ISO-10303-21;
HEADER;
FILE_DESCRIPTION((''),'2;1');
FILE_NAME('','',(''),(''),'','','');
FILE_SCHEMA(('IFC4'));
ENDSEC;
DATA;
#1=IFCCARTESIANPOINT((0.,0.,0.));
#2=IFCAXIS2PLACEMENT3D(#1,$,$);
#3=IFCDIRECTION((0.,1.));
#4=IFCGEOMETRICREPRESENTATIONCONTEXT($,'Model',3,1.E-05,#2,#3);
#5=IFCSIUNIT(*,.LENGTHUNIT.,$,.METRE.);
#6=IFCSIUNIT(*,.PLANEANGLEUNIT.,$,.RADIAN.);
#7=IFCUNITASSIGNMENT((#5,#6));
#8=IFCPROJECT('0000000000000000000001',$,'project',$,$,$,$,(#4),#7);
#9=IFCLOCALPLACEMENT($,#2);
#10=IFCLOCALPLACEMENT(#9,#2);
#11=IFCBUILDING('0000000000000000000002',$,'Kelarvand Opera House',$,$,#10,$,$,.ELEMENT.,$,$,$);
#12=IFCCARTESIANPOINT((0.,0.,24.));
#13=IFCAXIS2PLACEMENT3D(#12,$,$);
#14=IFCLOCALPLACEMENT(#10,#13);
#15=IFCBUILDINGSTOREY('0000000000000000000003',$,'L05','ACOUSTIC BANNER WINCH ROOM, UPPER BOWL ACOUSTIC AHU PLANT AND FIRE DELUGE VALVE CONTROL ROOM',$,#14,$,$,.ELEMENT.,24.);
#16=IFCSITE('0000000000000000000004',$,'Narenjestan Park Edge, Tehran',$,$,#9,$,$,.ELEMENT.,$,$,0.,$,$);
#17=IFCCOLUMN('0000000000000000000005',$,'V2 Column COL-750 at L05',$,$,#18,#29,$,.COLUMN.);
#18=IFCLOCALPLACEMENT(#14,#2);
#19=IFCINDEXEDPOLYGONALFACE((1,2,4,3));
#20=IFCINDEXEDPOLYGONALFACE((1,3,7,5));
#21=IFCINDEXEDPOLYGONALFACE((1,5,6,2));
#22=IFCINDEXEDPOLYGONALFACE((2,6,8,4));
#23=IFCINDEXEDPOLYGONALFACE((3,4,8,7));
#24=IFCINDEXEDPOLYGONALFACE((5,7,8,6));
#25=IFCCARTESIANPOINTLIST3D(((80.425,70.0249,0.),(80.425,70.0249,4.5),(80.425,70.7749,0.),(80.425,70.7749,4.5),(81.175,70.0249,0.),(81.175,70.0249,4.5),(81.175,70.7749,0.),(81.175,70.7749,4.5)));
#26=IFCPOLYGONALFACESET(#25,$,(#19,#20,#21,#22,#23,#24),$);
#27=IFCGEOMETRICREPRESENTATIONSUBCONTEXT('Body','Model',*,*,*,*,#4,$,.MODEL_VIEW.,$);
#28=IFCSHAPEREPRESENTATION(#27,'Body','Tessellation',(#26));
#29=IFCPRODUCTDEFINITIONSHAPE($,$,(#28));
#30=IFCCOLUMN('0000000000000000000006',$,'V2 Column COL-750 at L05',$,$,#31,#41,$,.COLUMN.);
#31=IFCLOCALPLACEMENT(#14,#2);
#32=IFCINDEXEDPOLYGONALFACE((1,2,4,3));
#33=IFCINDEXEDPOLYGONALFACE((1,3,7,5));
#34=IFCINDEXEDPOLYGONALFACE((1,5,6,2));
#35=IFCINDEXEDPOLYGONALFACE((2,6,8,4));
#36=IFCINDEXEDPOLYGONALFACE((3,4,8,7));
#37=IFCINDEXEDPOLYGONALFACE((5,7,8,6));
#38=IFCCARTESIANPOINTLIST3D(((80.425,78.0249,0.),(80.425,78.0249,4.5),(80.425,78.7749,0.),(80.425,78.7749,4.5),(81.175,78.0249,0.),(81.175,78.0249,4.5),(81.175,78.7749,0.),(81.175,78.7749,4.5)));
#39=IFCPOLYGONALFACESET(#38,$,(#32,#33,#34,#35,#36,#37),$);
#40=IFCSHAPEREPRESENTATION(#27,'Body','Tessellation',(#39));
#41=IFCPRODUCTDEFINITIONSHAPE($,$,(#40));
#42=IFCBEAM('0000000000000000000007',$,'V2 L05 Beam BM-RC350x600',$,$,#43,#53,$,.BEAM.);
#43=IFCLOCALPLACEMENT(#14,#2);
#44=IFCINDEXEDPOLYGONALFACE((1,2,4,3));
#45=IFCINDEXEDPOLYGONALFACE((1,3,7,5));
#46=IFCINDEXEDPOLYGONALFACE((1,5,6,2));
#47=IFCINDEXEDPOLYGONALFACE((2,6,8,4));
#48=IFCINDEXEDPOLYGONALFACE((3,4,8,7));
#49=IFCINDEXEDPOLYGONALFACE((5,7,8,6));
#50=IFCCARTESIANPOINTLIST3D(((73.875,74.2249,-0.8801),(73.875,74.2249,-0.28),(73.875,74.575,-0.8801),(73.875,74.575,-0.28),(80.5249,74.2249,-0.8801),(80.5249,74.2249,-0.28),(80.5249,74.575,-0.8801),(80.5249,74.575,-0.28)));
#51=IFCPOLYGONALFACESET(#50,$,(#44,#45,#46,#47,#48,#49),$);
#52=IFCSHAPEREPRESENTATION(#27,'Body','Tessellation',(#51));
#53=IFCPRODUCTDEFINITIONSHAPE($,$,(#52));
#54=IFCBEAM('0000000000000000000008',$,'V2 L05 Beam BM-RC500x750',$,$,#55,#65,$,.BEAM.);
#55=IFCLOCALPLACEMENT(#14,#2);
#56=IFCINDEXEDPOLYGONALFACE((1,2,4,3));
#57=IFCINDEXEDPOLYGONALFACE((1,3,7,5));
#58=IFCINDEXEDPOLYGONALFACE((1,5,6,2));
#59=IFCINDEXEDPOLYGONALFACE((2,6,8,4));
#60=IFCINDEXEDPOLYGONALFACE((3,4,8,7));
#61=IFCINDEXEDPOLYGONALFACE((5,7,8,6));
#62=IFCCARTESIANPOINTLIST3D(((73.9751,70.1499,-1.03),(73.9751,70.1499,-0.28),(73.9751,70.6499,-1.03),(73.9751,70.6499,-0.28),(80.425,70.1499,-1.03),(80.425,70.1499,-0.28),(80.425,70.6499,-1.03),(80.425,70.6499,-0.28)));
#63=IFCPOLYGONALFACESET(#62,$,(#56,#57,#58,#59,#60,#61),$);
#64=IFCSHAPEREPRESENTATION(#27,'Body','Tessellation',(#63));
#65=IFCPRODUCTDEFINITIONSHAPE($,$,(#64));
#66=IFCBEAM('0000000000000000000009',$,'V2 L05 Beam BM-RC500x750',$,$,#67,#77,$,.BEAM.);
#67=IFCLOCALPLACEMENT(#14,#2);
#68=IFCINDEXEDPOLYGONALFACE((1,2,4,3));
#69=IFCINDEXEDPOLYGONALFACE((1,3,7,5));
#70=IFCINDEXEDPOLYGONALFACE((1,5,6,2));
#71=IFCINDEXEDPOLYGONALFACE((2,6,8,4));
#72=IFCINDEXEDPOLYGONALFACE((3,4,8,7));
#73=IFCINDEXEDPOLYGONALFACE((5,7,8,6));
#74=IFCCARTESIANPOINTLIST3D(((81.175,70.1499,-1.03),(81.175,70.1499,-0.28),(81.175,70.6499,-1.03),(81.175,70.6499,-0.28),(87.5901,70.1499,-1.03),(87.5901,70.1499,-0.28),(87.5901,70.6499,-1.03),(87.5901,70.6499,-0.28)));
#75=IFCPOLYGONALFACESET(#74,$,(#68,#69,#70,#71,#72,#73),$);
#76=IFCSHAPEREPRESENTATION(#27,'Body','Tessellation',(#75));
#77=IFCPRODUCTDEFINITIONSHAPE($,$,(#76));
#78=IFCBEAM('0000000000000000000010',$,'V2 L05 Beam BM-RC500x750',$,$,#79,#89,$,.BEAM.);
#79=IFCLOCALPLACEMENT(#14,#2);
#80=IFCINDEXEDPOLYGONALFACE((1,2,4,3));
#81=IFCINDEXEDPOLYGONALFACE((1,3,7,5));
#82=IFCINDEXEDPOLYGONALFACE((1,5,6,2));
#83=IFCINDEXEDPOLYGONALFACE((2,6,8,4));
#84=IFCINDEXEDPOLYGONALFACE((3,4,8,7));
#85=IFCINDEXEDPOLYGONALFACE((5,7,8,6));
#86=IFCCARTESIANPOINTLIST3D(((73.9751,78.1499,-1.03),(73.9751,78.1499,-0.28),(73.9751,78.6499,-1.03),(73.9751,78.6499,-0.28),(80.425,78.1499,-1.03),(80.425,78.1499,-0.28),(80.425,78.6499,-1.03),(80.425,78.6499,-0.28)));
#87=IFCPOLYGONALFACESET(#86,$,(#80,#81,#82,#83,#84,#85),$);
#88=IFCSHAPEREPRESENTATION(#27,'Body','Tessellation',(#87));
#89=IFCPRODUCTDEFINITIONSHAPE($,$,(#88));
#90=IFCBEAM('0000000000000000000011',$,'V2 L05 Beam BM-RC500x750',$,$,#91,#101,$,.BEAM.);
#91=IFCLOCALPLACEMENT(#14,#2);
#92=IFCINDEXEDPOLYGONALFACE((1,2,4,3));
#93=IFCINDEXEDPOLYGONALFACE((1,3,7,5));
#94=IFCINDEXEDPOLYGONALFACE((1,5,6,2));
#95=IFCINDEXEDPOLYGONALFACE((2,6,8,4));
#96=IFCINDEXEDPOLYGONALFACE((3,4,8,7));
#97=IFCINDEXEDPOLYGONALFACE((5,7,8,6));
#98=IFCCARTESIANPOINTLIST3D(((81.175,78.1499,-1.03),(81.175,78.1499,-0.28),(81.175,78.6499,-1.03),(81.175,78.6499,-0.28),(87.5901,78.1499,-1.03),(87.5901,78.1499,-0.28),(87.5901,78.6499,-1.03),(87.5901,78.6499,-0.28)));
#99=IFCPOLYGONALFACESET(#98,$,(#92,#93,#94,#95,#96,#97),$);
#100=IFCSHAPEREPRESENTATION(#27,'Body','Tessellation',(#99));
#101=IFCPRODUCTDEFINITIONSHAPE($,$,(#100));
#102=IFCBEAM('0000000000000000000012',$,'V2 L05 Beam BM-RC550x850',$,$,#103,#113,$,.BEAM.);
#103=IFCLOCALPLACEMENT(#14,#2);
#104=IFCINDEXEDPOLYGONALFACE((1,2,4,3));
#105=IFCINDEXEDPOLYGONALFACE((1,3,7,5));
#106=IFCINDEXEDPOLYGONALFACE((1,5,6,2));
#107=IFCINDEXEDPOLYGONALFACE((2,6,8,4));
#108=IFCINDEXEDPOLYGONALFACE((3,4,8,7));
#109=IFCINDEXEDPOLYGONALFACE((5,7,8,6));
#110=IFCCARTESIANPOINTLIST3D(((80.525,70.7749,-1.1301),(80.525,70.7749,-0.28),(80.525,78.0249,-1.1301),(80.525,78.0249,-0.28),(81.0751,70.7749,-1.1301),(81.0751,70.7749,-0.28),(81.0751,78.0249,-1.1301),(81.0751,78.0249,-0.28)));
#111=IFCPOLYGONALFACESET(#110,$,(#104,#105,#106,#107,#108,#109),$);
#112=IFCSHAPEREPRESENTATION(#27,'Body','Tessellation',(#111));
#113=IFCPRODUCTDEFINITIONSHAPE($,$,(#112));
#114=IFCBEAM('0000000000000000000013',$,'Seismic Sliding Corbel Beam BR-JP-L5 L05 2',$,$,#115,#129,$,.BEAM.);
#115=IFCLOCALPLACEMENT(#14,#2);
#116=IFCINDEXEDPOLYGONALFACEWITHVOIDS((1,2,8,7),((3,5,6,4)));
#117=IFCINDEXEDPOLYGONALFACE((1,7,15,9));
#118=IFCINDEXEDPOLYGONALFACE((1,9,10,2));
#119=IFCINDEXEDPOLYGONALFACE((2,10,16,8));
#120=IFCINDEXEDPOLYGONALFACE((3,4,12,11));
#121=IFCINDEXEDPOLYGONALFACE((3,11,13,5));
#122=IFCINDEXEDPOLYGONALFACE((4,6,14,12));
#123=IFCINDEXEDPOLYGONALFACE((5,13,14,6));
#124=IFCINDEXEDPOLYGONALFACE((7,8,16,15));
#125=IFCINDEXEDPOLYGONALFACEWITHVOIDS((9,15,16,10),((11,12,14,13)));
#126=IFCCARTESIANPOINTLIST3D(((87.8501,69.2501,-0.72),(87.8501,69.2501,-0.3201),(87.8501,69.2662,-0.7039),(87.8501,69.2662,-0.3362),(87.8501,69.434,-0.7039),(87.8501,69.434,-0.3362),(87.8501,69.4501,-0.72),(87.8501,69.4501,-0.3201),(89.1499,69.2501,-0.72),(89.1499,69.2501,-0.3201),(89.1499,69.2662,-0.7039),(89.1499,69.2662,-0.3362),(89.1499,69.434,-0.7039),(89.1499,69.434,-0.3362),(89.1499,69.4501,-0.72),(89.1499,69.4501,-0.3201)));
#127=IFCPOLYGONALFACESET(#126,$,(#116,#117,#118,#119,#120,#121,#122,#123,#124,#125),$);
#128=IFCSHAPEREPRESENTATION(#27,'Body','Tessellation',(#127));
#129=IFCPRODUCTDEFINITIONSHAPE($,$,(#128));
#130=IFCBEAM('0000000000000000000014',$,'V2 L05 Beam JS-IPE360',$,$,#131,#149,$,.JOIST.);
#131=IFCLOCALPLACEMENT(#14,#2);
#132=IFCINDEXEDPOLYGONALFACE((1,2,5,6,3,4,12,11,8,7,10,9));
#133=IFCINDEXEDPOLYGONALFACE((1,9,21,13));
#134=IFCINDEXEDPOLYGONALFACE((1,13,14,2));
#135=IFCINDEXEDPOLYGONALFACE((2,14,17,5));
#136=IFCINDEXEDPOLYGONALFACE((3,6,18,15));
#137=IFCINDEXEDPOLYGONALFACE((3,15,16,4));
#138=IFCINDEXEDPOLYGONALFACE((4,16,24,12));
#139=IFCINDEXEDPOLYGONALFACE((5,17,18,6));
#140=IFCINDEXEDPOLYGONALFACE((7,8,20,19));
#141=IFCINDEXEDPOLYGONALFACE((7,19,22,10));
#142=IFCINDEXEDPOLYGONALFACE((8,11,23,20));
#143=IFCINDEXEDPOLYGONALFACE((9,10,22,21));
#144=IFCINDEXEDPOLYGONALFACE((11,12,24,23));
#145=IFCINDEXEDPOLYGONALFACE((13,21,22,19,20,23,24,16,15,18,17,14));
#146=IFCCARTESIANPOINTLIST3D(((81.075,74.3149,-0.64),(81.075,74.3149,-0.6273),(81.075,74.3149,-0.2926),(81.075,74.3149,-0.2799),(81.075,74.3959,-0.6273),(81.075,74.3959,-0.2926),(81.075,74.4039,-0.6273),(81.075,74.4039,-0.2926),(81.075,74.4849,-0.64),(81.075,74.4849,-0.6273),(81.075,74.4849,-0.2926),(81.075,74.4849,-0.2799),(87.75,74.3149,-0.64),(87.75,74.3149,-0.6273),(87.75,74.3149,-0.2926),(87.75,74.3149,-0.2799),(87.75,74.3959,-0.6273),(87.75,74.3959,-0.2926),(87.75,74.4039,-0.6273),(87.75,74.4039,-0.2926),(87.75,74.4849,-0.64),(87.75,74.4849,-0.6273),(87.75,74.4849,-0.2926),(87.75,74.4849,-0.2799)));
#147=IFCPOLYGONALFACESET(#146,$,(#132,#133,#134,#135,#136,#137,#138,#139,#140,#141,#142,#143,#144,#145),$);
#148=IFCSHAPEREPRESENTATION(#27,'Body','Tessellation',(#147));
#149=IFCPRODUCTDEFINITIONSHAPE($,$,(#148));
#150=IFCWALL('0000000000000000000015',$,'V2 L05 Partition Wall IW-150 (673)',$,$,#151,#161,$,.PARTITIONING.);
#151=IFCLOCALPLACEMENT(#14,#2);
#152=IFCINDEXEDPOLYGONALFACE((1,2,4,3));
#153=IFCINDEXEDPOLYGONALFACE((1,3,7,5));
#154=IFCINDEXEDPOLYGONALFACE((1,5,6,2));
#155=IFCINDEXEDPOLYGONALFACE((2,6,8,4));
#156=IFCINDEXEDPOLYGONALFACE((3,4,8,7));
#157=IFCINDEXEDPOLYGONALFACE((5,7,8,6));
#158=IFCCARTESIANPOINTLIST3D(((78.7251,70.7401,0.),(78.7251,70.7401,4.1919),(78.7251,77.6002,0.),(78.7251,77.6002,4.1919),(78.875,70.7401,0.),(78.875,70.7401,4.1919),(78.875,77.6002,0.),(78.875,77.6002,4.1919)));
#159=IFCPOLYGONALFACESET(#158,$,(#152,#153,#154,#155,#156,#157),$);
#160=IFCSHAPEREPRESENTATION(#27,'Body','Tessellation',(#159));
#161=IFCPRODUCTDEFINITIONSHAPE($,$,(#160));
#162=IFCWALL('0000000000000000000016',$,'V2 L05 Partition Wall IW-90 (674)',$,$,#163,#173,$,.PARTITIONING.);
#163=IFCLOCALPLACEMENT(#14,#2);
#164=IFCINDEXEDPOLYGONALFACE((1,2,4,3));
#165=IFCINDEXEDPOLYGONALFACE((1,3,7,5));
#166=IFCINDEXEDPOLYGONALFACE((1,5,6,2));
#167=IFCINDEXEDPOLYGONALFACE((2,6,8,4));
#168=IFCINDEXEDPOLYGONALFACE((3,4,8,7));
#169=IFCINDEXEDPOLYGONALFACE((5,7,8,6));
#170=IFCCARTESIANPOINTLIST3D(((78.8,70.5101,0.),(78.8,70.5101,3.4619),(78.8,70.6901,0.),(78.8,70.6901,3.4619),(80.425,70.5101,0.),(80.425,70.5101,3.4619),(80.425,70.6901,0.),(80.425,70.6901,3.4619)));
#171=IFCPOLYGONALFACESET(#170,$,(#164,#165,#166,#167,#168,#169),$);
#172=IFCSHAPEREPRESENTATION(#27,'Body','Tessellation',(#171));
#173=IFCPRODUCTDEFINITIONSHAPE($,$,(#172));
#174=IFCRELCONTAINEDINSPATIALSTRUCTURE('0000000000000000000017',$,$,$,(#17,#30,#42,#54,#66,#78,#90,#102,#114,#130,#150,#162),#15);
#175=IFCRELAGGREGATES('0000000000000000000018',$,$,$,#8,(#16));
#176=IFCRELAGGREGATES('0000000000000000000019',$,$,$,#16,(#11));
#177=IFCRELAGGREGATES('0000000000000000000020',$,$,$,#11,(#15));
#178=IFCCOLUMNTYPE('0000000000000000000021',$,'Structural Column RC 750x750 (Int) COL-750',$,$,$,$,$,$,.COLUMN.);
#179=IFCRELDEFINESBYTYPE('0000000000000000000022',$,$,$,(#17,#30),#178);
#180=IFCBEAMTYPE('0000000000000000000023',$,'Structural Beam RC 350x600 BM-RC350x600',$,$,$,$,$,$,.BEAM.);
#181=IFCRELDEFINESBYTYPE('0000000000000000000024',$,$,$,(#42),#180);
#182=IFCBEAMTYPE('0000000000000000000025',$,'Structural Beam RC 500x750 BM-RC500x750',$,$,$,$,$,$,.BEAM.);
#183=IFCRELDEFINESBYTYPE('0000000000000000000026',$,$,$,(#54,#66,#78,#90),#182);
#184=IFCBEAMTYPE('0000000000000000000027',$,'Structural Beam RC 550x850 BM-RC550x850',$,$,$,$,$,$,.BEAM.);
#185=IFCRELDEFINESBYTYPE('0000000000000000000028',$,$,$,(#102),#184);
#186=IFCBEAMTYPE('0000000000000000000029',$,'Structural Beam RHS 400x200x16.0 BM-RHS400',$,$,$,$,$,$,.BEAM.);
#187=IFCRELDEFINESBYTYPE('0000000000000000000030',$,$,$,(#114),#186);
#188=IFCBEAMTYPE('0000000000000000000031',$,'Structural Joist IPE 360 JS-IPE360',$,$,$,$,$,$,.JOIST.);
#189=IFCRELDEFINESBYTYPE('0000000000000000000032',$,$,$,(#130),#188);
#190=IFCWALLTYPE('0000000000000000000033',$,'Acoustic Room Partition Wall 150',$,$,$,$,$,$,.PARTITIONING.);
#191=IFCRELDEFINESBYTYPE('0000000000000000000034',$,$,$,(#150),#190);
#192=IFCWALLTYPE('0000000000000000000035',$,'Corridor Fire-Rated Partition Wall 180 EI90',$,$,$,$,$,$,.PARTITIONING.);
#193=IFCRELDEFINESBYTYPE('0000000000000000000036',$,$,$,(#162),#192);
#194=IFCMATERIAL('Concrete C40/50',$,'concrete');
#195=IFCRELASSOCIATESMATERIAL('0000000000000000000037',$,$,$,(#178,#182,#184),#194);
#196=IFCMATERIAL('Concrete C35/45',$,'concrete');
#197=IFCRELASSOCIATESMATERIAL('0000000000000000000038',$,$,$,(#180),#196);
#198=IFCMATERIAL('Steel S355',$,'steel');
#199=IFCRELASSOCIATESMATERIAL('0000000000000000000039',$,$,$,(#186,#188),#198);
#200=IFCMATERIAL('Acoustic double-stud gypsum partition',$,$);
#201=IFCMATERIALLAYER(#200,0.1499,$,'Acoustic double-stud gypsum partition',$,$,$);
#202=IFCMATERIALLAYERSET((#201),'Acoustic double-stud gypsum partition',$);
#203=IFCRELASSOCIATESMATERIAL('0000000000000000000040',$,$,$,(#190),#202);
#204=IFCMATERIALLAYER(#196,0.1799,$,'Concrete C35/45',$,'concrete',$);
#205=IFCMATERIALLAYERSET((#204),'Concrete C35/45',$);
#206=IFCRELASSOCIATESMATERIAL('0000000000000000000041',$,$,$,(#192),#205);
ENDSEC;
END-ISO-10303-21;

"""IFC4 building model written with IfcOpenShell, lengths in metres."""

from ifc_helpers import new_model, si_unit, direction, frame, frame_2d, origin, origin_2d, place, context, subcontext, project, spatial, rectangle, hollow_rectangle, i_section, extrude, material, layer, layer_set, material_profile, profile_set, type_object, element, save


model = new_model("IFC4")

# Units and contexts
model_context = context("Model", 3, precision=1e-05, world=origin(), true_north=direction((0.0, 1.0)))
body_context = subcontext(model_context, "Body", "Model", "MODEL_VIEW")
ifc_project = project(units=[si_unit("LENGTHUNIT", "METRE"), si_unit("PLANEANGLEUNIT", "RADIAN")], contexts=[model_context])

# Site, building, storey
site_placement = place(None, origin())
site = spatial("IfcSite", under=ifc_project, at=site_placement, Name="Narenjestan Park Edge, Tehran", CompositionType="ELEMENT", RefElevation=0.0)
building_placement = place(site_placement, origin())
building = spatial("IfcBuilding", under=site, at=building_placement, Name="Kelarvand Opera House", CompositionType="ELEMENT")
storey_placement = place(building_placement, frame((0.0, 0.0, 24.0)))
storey = spatial("IfcBuildingStorey", under=building, at=storey_placement, Name="L05", Description="ACOUSTIC BANNER WINCH ROOM, UPPER BOWL ACOUSTIC AHU PLANT AND FIRE DELUGE VALVE CONTROL ROOM", CompositionType="ELEMENT", Elevation=24.0)

# Columns
ifc_material_1 = material(Name="Concrete C40/50", Category="concrete")
ifc_material_profile_1 = material_profile(ifc_material_1, rectangle(XDim=0.75, YDim=0.75, at=origin_2d()), Name="RC 750x750", Category="concrete")
ifc_profile_set_1 = profile_set([ifc_material_profile_1], Name="Concrete C40/50")
column_type = type_object("IfcColumnType", Name="Structural Column RC 750x750 (Int) COL-750", PredefinedType="COLUMN", material=ifc_profile_set_1)
for number, where, z_axis, x_axis, name in (
    (1, (80.8, 70.3999, 0.0), (0.0, 0.0, 1.0), (1.0, 0.0, 0.0), "V2 Column COL-750 at L05"),
    (2, (80.8, 78.3999, 0.0), (0.0, 0.0, 1.0), (1.0, 0.0, 0.0), "V2 Column COL-750 at L05"),
):
    element("IfcColumn", number, at=place(storey_placement, frame(where, z_axis=z_axis, x_axis=x_axis)), inside=storey, type_object=column_type, Name=name, PredefinedType="COLUMN", context=body_context, shape_type="SweptSolid", body=[
        extrude(rectangle(XDim=0.75, YDim=0.75, at=origin_2d()), origin(), (0.0, 0.0, 1.0), 4.5),
    ])

# Beams
ifc_material_2 = material(Name="Concrete C35/45", Category="concrete")
ifc_material_profile_2 = material_profile(ifc_material_2, rectangle(XDim=0.3501, YDim=0.6001, at=origin_2d()), Name="RC 350x600", Category="concrete")
ifc_profile_set_2 = profile_set([ifc_material_profile_2], Name="Concrete C35/45")
beam_type_1 = type_object("IfcBeamType", Name="Structural Beam RC 350x600 BM-RC350x600", PredefinedType="BEAM", material=ifc_profile_set_2)
beam_1_placement = place(storey_placement, frame((73.875, 74.3999, -0.5801), z_axis=(1.0, 0.0, 0.0), x_axis=(0.0, 1.0, 0.0)))
element("IfcBeam", 3, at=beam_1_placement, inside=storey, type_object=beam_type_1, Name="V2 L05 Beam BM-RC350x600", PredefinedType="BEAM", context=body_context, shape_type="SweptSolid", body=[
    extrude(rectangle(XDim=0.3501, YDim=0.6001, at=origin_2d()), origin(), (0.0, 0.0, 1.0), 6.6499),
])
ifc_material_profile_3 = material_profile(ifc_material_1, rectangle(XDim=0.5, YDim=0.75, at=origin_2d()), Name="RC 500x750", Category="concrete")
ifc_profile_set_3 = profile_set([ifc_material_profile_3], Name="Concrete C40/50")
beam_type_2 = type_object("IfcBeamType", Name="Structural Beam RC 500x750 BM-RC500x750", PredefinedType="BEAM", material=ifc_profile_set_3)
beam_2_placement = place(storey_placement, frame((73.9751, 70.3999, -0.655), z_axis=(1.0, 0.0, 0.0), x_axis=(0.0, 1.0, 0.0)))
element("IfcBeam", 4, at=beam_2_placement, inside=storey, type_object=beam_type_2, Name="V2 L05 Beam BM-RC500x750", PredefinedType="BEAM", context=body_context, shape_type="SweptSolid", body=[
    extrude(rectangle(XDim=0.5, YDim=0.75, at=origin_2d()), origin(), (0.0, 0.0, 1.0), 6.45),
])
beam_3_placement = place(storey_placement, frame((81.175, 70.3999, -0.655), z_axis=(1.0, 0.0, 0.0), x_axis=(0.0, 1.0, 0.0)))
element("IfcBeam", 5, at=beam_3_placement, inside=storey, type_object=beam_type_2, Name="V2 L05 Beam BM-RC500x750", PredefinedType="BEAM", context=body_context, shape_type="SweptSolid", body=[
    extrude(rectangle(XDim=0.5, YDim=0.75, at=origin_2d()), origin(), (0.0, 0.0, 1.0), 6.415),
])
beam_4_placement = place(storey_placement, frame((73.9751, 78.3999, -0.655), z_axis=(1.0, 0.0, 0.0), x_axis=(0.0, 1.0, 0.0)))
element("IfcBeam", 6, at=beam_4_placement, inside=storey, type_object=beam_type_2, Name="V2 L05 Beam BM-RC500x750", PredefinedType="BEAM", context=body_context, shape_type="SweptSolid", body=[
    extrude(rectangle(XDim=0.5, YDim=0.75, at=origin_2d()), origin(), (0.0, 0.0, 1.0), 6.45),
])
beam_5_placement = place(storey_placement, frame((81.175, 78.3999, -0.655), z_axis=(1.0, 0.0, 0.0), x_axis=(0.0, 1.0, 0.0)))
element("IfcBeam", 7, at=beam_5_placement, inside=storey, type_object=beam_type_2, Name="V2 L05 Beam BM-RC500x750", PredefinedType="BEAM", context=body_context, shape_type="SweptSolid", body=[
    extrude(rectangle(XDim=0.5, YDim=0.75, at=origin_2d()), origin(), (0.0, 0.0, 1.0), 6.415),
])
ifc_material_profile_4 = material_profile(ifc_material_1, rectangle(XDim=0.55, YDim=0.8501, at=origin_2d()), Name="RC 550x850", Category="concrete")
ifc_profile_set_4 = profile_set([ifc_material_profile_4], Name="Concrete C40/50")
beam_type_3 = type_object("IfcBeamType", Name="Structural Beam RC 550x850 BM-RC550x850", PredefinedType="BEAM", material=ifc_profile_set_4)
beam_6_placement = place(storey_placement, frame((80.8, 70.7749, -0.7051), z_axis=(0.0, 1.0, 0.0), x_axis=(-1.0, 0.0, 0.0)))
element("IfcBeam", 8, at=beam_6_placement, inside=storey, type_object=beam_type_3, Name="V2 L05 Beam BM-RC550x850", PredefinedType="BEAM", context=body_context, shape_type="SweptSolid", body=[
    extrude(rectangle(XDim=0.55, YDim=0.8501, at=origin_2d()), origin(), (0.0, 0.0, 1.0), 7.25),
])
ifc_material_3 = material(Name="Steel S355", Category="steel")
ifc_material_profile_5 = material_profile(ifc_material_3, hollow_rectangle(XDim=0.2, YDim=0.3999, WallThickness=0.0161, at=origin_2d()), Name="RHS 400x200x16.0", Category="steel")
ifc_profile_set_5 = profile_set([ifc_material_profile_5], Name="Steel S355")
beam_type_4 = type_object("IfcBeamType", Name="Structural Beam RHS 400x200x16.0 BM-RHS400", PredefinedType="BEAM", material=ifc_profile_set_5)
beam_7_placement = place(storey_placement, frame((87.8501, 69.3501, -0.52), z_axis=(1.0, 0.0, 0.0), x_axis=(0.0, 1.0, 0.0)))
element("IfcBeam", 9, at=beam_7_placement, inside=storey, type_object=beam_type_4, Name="Seismic Sliding Corbel Beam BR-JP-L5 L05 2", PredefinedType="BEAM", context=body_context, shape_type="SweptSolid", body=[
    extrude(hollow_rectangle(XDim=0.2, YDim=0.3999, WallThickness=0.0161, at=origin_2d()), origin(), (0.0, 0.0, 1.0), 1.2998),
])
ifc_material_profile_6 = material_profile(ifc_material_3, i_section(OverallWidth=0.1699, OverallDepth=0.3601, WebThickness=0.0081, FlangeThickness=0.0127, at=origin_2d()), Name="IPE 360", Category="steel")
ifc_profile_set_6 = profile_set([ifc_material_profile_6], Name="Steel S355")
beam_type_5 = type_object("IfcBeamType", Name="Structural Joist IPE 360 JS-IPE360", PredefinedType="JOIST", material=ifc_profile_set_6)
beam_8_placement = place(storey_placement, frame((81.075, 74.3999, -0.46), z_axis=(1.0, 0.0, 0.0), x_axis=(0.0, 1.0, 0.0)))
element("IfcBeam", 10, at=beam_8_placement, inside=storey, type_object=beam_type_5, Name="V2 L05 Beam JS-IPE360", PredefinedType="JOIST", context=body_context, shape_type="SweptSolid", body=[
    extrude(i_section(OverallWidth=0.1699, OverallDepth=0.3601, WebThickness=0.0081, FlangeThickness=0.0127, at=origin_2d()), origin(), (0.0, 0.0, 1.0), 6.675),
])

# Wall
ifc_material_4 = material(Name="Acoustic double-stud gypsum partition")
ifc_layer_1 = layer(ifc_material_4, 0.1499, Name="Acoustic double-stud gypsum partition")
ifc_layer_set_1 = layer_set([ifc_layer_1], Name="Acoustic double-stud gypsum partition")
wall_type_1 = type_object("IfcWallType", Name="Acoustic Room Partition Wall 150", PredefinedType="PARTITIONING", material=ifc_layer_set_1)
wall_1_placement = place(storey_placement, frame((78.8, 70.74, 0.0), z_axis=(0.0, 0.0, 1.0), x_axis=(0.0, 1.0, 0.0)))
element("IfcWall", 11, at=wall_1_placement, inside=storey, type_object=wall_type_1, Name="V2 L05 Partition Wall IW-150 (673)", PredefinedType="PARTITIONING", context=body_context, shape_type="SweptSolid", body=[
    extrude(rectangle(XDim=6.8601, YDim=0.1499, at=frame_2d((3.4302, 0.0))), origin(), (0.0, 0.0, 1.0), 4.1919),
])

# Shared definitions
ifc_layer_2 = layer(ifc_material_2, 0.1799, Name="Concrete C35/45", Category="concrete")
ifc_layer_set_2 = layer_set([ifc_layer_2], Name="Concrete C35/45")
wall_type_2 = type_object("IfcWallType", Name="Corridor Fire-Rated Partition Wall 180 EI90", PredefinedType="PARTITIONING", material=ifc_layer_set_2)

# Wall
wall_2_placement = place(storey_placement, frame((78.8, 70.6001, 0.0), z_axis=(0.0, 0.0, 1.0), x_axis=(1.0, 0.0, 0.0)))
element("IfcWall", 12, at=wall_2_placement, inside=storey, type_object=wall_type_2, Name="V2 L05 Partition Wall IW-90 (674)", PredefinedType="PARTITIONING", context=body_context, shape_type="SweptSolid", body=[
    extrude(rectangle(XDim=1.625, YDim=0.1799, at=frame_2d((0.8125, 0.0))), origin(), (0.0, 0.0, 1.0), 3.4619),
])

save(model, "model.ifc")
